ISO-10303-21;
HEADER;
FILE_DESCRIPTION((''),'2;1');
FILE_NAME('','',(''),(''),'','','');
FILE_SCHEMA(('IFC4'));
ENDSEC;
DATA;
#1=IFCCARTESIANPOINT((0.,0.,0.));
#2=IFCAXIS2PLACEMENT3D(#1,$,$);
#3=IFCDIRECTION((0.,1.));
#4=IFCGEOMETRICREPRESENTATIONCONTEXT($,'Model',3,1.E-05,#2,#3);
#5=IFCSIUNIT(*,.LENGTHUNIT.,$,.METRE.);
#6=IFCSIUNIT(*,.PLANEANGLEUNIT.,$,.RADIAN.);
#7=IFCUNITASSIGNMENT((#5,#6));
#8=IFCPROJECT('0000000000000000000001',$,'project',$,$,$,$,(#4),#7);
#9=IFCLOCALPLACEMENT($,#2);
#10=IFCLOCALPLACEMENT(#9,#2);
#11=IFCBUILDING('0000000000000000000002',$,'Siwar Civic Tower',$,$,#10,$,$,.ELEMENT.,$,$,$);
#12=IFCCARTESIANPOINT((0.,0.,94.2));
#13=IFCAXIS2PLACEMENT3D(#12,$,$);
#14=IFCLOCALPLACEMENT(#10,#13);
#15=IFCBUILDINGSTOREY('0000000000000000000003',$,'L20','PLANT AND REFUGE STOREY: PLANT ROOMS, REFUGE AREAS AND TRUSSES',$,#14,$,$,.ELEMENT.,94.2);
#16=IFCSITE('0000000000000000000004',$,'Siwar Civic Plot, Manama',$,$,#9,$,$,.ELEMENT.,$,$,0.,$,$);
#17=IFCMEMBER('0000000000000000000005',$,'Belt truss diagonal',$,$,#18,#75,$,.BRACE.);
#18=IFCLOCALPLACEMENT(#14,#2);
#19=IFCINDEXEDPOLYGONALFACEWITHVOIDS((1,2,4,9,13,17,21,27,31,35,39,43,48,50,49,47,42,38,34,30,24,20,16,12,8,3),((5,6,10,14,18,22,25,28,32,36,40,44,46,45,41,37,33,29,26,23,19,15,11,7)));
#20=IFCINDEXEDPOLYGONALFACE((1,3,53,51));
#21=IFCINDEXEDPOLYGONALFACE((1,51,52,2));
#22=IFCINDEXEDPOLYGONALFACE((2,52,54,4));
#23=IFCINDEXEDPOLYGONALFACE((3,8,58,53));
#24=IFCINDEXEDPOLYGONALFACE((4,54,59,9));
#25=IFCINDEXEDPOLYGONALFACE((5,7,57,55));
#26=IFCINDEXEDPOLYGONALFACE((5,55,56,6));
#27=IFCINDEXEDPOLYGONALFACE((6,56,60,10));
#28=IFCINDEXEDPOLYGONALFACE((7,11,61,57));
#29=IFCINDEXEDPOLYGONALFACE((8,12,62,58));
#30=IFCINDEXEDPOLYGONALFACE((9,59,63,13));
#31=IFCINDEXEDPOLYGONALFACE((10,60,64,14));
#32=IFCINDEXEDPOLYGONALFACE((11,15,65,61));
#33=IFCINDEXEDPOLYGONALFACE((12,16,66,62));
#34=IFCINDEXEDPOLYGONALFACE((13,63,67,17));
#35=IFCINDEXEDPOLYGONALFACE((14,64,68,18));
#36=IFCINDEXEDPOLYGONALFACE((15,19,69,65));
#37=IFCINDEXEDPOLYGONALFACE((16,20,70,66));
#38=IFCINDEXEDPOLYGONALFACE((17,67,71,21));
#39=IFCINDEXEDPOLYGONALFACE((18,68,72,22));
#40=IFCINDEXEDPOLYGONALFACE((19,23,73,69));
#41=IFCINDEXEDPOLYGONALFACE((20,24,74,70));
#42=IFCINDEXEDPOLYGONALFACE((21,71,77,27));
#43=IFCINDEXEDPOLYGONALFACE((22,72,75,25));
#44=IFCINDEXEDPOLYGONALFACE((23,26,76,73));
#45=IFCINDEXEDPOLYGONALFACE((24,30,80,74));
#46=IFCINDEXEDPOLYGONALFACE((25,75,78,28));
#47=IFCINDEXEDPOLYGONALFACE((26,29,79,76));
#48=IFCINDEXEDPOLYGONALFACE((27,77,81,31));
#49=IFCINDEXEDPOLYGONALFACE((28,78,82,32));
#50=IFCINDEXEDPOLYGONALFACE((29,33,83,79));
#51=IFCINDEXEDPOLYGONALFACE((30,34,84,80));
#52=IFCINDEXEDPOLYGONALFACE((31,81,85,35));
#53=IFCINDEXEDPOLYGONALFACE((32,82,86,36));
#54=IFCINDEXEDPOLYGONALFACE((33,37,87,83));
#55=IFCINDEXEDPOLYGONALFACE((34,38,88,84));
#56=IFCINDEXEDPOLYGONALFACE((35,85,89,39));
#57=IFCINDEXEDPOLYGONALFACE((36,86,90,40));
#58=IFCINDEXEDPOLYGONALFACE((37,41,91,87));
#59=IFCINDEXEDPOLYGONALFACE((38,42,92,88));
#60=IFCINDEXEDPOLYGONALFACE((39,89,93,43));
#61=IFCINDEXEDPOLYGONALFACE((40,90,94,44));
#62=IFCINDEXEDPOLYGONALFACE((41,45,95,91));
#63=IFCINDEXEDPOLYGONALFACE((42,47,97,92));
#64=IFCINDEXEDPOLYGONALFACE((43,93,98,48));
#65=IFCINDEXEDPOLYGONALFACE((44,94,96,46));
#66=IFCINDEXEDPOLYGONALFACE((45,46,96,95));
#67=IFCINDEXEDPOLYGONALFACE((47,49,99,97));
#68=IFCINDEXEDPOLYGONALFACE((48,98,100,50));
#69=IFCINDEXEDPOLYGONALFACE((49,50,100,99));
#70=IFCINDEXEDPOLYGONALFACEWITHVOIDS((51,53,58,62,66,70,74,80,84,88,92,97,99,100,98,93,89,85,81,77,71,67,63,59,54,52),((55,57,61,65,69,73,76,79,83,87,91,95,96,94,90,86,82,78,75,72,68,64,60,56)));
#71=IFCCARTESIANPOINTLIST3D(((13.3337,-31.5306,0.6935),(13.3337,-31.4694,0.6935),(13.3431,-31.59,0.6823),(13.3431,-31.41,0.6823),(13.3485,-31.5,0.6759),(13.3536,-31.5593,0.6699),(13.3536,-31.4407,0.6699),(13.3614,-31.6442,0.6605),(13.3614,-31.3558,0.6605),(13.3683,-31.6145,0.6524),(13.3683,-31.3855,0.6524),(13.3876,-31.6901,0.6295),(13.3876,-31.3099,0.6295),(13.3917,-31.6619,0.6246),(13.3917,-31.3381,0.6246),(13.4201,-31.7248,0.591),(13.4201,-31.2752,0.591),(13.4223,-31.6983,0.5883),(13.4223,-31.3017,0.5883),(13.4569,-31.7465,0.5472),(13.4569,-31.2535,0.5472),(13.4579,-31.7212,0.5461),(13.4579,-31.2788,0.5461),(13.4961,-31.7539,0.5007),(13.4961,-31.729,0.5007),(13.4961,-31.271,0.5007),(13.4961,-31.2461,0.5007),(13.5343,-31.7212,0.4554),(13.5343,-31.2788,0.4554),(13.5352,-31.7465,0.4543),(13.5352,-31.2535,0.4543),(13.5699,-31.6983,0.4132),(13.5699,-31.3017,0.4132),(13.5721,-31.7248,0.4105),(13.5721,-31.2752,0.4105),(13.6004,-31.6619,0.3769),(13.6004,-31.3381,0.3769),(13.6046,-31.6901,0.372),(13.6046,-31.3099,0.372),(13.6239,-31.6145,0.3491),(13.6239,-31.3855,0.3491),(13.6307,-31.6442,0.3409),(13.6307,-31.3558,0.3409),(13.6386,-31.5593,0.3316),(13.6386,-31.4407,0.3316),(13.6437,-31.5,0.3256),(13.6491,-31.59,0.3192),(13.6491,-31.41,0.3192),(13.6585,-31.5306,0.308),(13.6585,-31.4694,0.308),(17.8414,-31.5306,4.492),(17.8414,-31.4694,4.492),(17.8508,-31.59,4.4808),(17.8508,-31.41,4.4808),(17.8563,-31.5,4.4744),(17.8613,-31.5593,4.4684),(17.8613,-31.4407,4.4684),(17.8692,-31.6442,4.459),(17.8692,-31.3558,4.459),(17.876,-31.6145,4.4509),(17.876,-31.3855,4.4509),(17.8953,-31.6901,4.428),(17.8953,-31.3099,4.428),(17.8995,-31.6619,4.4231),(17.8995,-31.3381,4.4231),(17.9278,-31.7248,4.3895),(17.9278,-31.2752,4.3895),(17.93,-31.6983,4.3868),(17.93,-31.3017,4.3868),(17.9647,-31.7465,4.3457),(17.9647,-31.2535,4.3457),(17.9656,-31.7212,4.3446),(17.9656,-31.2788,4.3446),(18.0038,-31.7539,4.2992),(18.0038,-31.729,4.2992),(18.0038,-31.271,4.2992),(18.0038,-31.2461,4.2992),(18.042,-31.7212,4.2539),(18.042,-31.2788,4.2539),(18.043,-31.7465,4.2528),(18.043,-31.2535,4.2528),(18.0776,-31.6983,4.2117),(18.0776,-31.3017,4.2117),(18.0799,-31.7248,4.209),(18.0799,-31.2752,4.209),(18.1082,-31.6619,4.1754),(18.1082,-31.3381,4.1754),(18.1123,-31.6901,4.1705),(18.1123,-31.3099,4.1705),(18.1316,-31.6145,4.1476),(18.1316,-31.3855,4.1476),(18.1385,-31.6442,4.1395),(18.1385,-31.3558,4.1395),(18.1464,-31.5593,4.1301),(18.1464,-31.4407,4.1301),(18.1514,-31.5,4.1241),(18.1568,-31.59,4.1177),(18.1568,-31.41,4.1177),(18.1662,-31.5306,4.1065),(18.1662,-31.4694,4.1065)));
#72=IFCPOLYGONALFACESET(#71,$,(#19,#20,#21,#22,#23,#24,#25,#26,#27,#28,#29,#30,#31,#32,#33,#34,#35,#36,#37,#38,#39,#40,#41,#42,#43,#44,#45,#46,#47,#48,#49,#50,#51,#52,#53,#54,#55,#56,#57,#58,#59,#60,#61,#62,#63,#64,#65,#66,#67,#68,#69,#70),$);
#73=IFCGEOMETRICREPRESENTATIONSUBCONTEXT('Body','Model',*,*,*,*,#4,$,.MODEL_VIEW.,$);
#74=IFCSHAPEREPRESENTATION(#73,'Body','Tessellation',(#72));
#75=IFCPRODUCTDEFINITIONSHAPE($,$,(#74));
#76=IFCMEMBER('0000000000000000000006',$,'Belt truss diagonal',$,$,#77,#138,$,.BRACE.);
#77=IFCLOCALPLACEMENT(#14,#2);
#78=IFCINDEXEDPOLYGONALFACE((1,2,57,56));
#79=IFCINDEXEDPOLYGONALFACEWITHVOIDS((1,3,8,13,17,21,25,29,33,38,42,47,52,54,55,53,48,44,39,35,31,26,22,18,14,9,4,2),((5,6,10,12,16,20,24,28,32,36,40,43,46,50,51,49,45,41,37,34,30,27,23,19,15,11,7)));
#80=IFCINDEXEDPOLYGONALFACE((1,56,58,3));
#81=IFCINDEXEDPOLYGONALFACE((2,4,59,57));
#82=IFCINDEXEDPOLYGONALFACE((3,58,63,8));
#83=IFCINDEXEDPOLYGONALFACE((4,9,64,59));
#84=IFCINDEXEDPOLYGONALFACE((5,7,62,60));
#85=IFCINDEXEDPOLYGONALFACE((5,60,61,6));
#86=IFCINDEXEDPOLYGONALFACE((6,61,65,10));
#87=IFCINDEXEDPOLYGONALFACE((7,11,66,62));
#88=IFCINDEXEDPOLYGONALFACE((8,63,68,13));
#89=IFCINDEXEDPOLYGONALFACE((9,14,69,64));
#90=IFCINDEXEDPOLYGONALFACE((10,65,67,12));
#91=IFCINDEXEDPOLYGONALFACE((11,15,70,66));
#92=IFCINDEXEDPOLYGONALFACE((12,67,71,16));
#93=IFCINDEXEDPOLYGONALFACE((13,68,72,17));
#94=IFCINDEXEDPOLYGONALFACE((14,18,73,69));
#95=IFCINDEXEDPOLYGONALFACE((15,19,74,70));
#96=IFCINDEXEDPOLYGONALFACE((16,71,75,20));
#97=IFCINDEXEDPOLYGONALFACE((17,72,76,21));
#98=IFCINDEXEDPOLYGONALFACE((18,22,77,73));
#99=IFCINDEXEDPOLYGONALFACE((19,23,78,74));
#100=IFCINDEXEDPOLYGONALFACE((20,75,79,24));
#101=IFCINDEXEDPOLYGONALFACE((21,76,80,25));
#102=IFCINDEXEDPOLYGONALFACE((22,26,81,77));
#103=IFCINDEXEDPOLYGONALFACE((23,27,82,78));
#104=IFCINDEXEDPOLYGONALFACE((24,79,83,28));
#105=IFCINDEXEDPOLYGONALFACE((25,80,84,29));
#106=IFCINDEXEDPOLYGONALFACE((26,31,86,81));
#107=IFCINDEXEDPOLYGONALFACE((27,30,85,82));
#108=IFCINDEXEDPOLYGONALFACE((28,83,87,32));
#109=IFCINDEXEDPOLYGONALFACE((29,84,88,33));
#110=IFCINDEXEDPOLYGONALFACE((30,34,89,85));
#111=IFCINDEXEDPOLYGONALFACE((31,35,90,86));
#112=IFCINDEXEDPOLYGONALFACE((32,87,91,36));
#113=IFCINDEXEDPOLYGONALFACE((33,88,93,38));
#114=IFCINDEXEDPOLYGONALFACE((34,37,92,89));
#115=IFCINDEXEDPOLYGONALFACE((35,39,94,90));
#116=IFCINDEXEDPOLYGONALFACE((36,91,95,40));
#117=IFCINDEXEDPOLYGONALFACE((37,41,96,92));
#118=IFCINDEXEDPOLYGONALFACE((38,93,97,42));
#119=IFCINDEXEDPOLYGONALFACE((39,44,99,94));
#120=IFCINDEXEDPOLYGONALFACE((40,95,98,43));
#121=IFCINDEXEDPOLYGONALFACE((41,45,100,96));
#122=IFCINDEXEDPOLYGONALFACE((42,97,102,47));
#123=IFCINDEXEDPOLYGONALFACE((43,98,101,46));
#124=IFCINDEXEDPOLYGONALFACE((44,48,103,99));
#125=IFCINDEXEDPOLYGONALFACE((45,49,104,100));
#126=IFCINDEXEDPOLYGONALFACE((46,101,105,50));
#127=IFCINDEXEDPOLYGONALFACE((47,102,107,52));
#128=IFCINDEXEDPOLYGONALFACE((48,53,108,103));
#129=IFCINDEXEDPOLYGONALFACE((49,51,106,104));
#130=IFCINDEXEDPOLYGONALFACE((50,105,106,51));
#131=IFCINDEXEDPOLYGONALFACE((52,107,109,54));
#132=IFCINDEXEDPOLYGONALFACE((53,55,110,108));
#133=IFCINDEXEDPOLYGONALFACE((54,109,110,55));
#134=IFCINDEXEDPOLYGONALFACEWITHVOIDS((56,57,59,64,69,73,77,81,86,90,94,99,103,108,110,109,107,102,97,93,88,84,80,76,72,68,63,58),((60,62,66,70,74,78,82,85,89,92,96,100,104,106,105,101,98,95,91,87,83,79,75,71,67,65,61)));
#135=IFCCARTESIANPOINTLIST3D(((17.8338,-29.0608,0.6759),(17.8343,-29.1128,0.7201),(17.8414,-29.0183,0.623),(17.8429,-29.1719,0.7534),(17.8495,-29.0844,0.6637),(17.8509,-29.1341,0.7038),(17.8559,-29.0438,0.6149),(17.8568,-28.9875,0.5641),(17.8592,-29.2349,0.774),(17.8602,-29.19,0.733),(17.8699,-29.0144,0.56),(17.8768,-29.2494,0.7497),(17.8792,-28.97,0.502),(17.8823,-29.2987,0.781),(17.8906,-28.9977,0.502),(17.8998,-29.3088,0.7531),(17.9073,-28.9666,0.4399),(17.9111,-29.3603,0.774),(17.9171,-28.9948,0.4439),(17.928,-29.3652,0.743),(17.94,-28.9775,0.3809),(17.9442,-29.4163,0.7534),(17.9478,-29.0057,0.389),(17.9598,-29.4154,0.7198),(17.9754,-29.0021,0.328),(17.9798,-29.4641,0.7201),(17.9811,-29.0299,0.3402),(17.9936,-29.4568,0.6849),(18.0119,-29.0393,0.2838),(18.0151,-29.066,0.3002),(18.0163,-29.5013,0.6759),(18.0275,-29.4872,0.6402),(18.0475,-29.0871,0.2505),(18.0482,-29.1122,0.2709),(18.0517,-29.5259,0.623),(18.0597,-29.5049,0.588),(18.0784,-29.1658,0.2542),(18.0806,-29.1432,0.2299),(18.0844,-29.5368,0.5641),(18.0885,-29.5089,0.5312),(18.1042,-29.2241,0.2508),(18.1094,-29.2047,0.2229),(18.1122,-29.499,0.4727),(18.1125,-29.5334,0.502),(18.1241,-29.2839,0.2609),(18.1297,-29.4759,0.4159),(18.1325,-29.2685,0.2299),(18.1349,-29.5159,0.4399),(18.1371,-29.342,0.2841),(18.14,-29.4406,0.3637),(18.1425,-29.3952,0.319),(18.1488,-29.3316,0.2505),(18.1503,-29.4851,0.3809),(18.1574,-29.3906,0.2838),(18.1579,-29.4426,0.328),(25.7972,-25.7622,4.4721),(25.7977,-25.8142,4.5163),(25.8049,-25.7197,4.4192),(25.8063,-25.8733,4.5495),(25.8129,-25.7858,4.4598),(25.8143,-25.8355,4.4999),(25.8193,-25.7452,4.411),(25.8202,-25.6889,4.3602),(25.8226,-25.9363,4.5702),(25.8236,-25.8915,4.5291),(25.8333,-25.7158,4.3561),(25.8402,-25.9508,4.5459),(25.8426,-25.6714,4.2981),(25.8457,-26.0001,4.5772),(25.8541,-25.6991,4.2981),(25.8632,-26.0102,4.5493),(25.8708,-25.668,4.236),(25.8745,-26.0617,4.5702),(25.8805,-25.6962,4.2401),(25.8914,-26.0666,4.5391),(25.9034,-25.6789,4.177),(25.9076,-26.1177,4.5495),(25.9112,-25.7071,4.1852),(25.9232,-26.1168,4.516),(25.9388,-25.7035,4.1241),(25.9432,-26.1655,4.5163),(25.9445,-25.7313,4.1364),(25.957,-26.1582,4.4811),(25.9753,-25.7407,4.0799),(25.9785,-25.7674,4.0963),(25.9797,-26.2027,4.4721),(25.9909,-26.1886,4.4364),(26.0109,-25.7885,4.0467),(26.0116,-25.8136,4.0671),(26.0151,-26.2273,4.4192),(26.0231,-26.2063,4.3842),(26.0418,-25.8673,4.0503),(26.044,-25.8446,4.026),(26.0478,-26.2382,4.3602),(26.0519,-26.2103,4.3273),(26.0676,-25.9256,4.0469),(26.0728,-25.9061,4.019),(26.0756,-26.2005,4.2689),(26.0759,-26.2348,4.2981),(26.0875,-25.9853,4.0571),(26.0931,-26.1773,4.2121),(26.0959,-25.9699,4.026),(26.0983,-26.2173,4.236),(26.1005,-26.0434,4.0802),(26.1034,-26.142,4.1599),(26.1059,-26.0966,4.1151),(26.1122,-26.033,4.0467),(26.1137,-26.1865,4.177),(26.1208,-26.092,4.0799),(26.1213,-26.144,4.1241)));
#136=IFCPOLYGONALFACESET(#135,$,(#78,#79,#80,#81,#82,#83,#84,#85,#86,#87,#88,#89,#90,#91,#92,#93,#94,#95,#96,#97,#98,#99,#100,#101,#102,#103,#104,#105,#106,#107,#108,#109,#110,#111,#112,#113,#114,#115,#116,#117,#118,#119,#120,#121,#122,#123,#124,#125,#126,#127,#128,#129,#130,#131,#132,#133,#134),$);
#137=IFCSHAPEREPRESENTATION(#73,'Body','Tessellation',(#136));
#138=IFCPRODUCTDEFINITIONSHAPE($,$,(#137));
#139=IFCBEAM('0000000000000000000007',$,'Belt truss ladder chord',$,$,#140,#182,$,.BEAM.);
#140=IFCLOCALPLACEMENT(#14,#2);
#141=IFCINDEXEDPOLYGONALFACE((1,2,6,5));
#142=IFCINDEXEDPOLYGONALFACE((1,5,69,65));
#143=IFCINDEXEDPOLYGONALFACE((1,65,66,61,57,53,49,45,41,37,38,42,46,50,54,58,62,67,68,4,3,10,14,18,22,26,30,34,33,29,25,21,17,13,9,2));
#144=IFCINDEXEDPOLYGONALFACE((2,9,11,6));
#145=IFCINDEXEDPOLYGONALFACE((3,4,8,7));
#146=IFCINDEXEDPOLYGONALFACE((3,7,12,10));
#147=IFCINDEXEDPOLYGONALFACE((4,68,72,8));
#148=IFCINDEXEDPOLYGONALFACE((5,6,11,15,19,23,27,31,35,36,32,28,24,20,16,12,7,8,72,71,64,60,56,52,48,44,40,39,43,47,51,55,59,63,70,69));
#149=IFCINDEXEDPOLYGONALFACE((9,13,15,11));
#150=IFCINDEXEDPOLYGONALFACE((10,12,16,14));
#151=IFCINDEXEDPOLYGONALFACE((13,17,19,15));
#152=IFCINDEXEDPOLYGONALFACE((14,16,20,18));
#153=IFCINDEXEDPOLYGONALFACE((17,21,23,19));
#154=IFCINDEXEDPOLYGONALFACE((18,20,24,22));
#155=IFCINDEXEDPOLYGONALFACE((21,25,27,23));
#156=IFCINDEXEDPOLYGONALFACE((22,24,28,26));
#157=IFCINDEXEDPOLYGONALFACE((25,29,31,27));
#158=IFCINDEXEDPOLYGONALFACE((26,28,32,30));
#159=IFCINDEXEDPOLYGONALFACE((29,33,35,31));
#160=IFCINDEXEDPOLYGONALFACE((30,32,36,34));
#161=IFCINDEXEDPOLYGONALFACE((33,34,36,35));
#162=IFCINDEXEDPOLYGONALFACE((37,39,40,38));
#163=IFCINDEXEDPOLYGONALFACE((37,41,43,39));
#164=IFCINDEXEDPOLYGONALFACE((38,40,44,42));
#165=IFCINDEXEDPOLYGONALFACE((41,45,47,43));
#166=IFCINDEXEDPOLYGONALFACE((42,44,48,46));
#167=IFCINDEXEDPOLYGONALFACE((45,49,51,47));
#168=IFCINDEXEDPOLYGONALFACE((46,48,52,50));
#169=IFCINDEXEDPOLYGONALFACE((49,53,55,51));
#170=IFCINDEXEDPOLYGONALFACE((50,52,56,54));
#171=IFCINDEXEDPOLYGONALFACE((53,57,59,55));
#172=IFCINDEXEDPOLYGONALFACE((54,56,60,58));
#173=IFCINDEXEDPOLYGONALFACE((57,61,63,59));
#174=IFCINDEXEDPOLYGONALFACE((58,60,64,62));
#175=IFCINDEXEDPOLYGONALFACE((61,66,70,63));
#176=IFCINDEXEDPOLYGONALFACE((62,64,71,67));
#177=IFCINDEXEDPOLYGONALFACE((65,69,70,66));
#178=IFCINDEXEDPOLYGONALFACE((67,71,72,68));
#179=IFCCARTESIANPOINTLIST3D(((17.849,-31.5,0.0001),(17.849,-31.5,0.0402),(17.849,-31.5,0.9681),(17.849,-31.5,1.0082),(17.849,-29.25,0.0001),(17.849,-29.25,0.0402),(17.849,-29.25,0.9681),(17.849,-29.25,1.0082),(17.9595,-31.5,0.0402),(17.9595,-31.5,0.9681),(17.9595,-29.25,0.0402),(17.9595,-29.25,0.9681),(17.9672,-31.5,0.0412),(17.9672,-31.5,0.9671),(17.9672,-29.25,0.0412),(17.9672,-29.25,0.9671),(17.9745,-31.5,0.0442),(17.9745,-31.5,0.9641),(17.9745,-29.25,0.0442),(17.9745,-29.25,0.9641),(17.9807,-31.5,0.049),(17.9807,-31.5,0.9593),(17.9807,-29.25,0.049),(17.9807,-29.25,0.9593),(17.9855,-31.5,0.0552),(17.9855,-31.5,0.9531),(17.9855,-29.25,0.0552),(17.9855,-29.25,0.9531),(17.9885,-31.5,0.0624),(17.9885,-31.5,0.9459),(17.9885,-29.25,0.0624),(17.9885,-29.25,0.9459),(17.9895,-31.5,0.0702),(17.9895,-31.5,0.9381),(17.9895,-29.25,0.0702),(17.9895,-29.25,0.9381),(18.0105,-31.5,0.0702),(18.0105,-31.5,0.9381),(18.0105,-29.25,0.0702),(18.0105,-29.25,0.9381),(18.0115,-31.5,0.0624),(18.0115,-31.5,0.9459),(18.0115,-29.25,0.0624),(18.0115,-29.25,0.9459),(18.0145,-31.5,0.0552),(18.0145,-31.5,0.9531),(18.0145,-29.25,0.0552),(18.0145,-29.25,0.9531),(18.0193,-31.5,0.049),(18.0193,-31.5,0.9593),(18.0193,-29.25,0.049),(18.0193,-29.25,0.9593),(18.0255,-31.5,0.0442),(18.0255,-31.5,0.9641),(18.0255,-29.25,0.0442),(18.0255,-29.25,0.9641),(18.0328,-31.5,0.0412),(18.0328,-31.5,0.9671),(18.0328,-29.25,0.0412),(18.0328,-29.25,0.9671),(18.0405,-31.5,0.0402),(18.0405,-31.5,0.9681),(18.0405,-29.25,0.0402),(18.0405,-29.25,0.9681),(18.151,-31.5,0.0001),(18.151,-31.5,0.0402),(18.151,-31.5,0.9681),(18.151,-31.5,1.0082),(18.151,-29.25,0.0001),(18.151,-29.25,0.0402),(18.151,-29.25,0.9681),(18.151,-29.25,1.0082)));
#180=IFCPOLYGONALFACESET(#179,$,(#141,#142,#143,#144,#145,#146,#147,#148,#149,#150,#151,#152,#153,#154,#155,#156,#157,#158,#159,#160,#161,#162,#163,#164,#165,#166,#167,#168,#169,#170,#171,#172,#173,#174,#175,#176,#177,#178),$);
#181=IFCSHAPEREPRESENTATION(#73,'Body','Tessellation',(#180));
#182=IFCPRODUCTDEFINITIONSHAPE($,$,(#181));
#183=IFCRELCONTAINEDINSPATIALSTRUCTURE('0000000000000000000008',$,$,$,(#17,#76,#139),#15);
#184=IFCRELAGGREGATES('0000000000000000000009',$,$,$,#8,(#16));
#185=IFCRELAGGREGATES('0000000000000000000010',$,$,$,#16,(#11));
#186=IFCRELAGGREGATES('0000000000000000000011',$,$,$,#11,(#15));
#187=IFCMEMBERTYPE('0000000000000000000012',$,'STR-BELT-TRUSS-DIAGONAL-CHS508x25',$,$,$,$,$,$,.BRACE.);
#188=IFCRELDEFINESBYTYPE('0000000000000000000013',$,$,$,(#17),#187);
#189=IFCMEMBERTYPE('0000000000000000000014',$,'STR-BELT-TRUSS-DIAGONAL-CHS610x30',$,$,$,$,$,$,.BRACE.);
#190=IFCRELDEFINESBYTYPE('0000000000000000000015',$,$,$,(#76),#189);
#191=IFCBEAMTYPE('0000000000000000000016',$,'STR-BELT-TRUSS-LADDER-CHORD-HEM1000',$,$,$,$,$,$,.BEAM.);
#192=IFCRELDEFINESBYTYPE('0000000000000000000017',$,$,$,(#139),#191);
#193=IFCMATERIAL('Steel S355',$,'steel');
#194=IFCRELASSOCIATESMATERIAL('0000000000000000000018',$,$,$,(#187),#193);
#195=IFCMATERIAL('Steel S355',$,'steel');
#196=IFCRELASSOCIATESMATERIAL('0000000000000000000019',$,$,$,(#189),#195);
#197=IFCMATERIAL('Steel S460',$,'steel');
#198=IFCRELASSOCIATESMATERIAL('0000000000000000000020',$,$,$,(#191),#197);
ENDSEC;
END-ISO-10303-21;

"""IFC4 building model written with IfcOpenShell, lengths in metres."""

from ifc_helpers import new_model, si_unit, direction, frame, origin, origin_2d, place, context, subcontext, project, spatial, hollow_circle, i_section, extrude, material, material_profile, profile_set, type_object, element, save


model = new_model("IFC4")

# Units and contexts
model_context = context("Model", 3, precision=1e-05, world=origin(), true_north=direction((0.0, 1.0)))
body_context = subcontext(model_context, "Body", "Model", "MODEL_VIEW")
ifc_project = project(units=[si_unit("LENGTHUNIT", "METRE"), si_unit("PLANEANGLEUNIT", "RADIAN")], contexts=[model_context])

# Site, building, storey
site_placement = place(None, origin())
site = spatial("IfcSite", under=ifc_project, at=site_placement, Name="Siwar Civic Plot, Manama", CompositionType="ELEMENT", RefElevation=0.0)
building_placement = place(site_placement, origin())
building = spatial("IfcBuilding", under=site, at=building_placement, Name="Siwar Civic Tower", CompositionType="ELEMENT")
storey_placement = place(building_placement, frame((0.0, 0.0, 94.2)))
storey = spatial("IfcBuildingStorey", under=building, at=storey_placement, Name="L20", Description="PLANT AND REFUGE STOREY: PLANT ROOMS, REFUGE AREAS AND TRUSSES", CompositionType="ELEMENT", Elevation=94.2)

# Members
ifc_material_1 = material(Name="Steel S355", Category="steel")
ifc_material_profile_1 = material_profile(ifc_material_1, hollow_circle(Radius=0.2539, WallThickness=0.0249, at=origin_2d()), Name="CHS508x25")
ifc_profile_set_1 = profile_set([ifc_material_profile_1], Name="Steel S355")
member_type_1 = type_object("IfcMemberType", Name="STR-BELT-TRUSS-DIAGONAL-CHS508x25", PredefinedType="BRACE", material=ifc_profile_set_1)
for number, where, z_axis, x_axis, name in (
    (1, (13.4961, -31.5, 0.5007), (0.7647, 0.0, 0.644387), (0.0, 1.0, 0.0), "Belt truss diagonal"),
):
    element("IfcMember", number, at=place(storey_placement, frame(where, z_axis=z_axis, x_axis=x_axis)), inside=storey, type_object=member_type_1, Name=name, PredefinedType="BRACE", context=body_context, shape_type="SweptSolid", body=[
        extrude(hollow_circle(Radius=0.2539, WallThickness=0.0249, at=origin_2d()), origin(), (0.0, 0.0, 1.0), 5.8948),
    ])
ifc_material_2 = material(Name="Steel S355", Category="steel")
ifc_material_profile_2 = material_profile(ifc_material_2, hollow_circle(Radius=0.3049, WallThickness=0.03, at=origin_2d()), Name="CHS610x30")
ifc_profile_set_2 = profile_set([ifc_material_profile_2], Name="Steel S355")
member_type_2 = type_object("IfcMemberType", Name="STR-BELT-TRUSS-DIAGONAL-CHS610x30", PredefinedType="BRACE", material=ifc_profile_set_2)
member_1_placement = place(storey_placement, frame((17.9958, -29.2517, 0.502), z_axis=(0.845511, 0.350227, 0.403055), x_axis=(-0.382688, 0.923878, 0.0)))
element("IfcMember", 2, at=member_1_placement, inside=storey, type_object=member_type_2, Name="Belt truss diagonal", PredefinedType="BRACE", context=body_context, shape_type="SweptSolid", body=[
    extrude(hollow_circle(Radius=0.3049, WallThickness=0.03, at=origin_2d()), origin(), (0.0, 0.0, 1.0), 9.4185),
])

# Beam
ifc_material_3 = material(Name="Steel S460", Category="steel")
ifc_material_profile_3 = material_profile(ifc_material_3, i_section(OverallWidth=0.302, OverallDepth=1.0081, WebThickness=0.021, FlangeThickness=0.04, FilletRadius=0.03, at=origin_2d()), Name="HEM1000")
ifc_profile_set_3 = profile_set([ifc_material_profile_3], Name="Steel S460")
beam_type_1 = type_object("IfcBeamType", Name="STR-BELT-TRUSS-LADDER-CHORD-HEM1000", PredefinedType="BEAM", material=ifc_profile_set_3)
for number, where, z_axis, x_axis, name in (
    (3, (18.0, -29.25, 0.5042), (0.0, -1.0, 0.0), (1.0, 0.0, 0.0), "Belt truss ladder chord"),
):
    element("IfcBeam", number, at=place(storey_placement, frame(where, z_axis=z_axis, x_axis=x_axis)), inside=storey, type_object=beam_type_1, Name=name, PredefinedType="BEAM", context=body_context, shape_type="SweptSolid", body=[
        extrude(i_section(OverallWidth=0.302, OverallDepth=1.0081, WebThickness=0.021, FlangeThickness=0.04, FilletRadius=0.03, at=origin_2d()), origin(), (0.0, 0.0, 1.0), 2.25),
    ])

save(model, "model.ifc")
